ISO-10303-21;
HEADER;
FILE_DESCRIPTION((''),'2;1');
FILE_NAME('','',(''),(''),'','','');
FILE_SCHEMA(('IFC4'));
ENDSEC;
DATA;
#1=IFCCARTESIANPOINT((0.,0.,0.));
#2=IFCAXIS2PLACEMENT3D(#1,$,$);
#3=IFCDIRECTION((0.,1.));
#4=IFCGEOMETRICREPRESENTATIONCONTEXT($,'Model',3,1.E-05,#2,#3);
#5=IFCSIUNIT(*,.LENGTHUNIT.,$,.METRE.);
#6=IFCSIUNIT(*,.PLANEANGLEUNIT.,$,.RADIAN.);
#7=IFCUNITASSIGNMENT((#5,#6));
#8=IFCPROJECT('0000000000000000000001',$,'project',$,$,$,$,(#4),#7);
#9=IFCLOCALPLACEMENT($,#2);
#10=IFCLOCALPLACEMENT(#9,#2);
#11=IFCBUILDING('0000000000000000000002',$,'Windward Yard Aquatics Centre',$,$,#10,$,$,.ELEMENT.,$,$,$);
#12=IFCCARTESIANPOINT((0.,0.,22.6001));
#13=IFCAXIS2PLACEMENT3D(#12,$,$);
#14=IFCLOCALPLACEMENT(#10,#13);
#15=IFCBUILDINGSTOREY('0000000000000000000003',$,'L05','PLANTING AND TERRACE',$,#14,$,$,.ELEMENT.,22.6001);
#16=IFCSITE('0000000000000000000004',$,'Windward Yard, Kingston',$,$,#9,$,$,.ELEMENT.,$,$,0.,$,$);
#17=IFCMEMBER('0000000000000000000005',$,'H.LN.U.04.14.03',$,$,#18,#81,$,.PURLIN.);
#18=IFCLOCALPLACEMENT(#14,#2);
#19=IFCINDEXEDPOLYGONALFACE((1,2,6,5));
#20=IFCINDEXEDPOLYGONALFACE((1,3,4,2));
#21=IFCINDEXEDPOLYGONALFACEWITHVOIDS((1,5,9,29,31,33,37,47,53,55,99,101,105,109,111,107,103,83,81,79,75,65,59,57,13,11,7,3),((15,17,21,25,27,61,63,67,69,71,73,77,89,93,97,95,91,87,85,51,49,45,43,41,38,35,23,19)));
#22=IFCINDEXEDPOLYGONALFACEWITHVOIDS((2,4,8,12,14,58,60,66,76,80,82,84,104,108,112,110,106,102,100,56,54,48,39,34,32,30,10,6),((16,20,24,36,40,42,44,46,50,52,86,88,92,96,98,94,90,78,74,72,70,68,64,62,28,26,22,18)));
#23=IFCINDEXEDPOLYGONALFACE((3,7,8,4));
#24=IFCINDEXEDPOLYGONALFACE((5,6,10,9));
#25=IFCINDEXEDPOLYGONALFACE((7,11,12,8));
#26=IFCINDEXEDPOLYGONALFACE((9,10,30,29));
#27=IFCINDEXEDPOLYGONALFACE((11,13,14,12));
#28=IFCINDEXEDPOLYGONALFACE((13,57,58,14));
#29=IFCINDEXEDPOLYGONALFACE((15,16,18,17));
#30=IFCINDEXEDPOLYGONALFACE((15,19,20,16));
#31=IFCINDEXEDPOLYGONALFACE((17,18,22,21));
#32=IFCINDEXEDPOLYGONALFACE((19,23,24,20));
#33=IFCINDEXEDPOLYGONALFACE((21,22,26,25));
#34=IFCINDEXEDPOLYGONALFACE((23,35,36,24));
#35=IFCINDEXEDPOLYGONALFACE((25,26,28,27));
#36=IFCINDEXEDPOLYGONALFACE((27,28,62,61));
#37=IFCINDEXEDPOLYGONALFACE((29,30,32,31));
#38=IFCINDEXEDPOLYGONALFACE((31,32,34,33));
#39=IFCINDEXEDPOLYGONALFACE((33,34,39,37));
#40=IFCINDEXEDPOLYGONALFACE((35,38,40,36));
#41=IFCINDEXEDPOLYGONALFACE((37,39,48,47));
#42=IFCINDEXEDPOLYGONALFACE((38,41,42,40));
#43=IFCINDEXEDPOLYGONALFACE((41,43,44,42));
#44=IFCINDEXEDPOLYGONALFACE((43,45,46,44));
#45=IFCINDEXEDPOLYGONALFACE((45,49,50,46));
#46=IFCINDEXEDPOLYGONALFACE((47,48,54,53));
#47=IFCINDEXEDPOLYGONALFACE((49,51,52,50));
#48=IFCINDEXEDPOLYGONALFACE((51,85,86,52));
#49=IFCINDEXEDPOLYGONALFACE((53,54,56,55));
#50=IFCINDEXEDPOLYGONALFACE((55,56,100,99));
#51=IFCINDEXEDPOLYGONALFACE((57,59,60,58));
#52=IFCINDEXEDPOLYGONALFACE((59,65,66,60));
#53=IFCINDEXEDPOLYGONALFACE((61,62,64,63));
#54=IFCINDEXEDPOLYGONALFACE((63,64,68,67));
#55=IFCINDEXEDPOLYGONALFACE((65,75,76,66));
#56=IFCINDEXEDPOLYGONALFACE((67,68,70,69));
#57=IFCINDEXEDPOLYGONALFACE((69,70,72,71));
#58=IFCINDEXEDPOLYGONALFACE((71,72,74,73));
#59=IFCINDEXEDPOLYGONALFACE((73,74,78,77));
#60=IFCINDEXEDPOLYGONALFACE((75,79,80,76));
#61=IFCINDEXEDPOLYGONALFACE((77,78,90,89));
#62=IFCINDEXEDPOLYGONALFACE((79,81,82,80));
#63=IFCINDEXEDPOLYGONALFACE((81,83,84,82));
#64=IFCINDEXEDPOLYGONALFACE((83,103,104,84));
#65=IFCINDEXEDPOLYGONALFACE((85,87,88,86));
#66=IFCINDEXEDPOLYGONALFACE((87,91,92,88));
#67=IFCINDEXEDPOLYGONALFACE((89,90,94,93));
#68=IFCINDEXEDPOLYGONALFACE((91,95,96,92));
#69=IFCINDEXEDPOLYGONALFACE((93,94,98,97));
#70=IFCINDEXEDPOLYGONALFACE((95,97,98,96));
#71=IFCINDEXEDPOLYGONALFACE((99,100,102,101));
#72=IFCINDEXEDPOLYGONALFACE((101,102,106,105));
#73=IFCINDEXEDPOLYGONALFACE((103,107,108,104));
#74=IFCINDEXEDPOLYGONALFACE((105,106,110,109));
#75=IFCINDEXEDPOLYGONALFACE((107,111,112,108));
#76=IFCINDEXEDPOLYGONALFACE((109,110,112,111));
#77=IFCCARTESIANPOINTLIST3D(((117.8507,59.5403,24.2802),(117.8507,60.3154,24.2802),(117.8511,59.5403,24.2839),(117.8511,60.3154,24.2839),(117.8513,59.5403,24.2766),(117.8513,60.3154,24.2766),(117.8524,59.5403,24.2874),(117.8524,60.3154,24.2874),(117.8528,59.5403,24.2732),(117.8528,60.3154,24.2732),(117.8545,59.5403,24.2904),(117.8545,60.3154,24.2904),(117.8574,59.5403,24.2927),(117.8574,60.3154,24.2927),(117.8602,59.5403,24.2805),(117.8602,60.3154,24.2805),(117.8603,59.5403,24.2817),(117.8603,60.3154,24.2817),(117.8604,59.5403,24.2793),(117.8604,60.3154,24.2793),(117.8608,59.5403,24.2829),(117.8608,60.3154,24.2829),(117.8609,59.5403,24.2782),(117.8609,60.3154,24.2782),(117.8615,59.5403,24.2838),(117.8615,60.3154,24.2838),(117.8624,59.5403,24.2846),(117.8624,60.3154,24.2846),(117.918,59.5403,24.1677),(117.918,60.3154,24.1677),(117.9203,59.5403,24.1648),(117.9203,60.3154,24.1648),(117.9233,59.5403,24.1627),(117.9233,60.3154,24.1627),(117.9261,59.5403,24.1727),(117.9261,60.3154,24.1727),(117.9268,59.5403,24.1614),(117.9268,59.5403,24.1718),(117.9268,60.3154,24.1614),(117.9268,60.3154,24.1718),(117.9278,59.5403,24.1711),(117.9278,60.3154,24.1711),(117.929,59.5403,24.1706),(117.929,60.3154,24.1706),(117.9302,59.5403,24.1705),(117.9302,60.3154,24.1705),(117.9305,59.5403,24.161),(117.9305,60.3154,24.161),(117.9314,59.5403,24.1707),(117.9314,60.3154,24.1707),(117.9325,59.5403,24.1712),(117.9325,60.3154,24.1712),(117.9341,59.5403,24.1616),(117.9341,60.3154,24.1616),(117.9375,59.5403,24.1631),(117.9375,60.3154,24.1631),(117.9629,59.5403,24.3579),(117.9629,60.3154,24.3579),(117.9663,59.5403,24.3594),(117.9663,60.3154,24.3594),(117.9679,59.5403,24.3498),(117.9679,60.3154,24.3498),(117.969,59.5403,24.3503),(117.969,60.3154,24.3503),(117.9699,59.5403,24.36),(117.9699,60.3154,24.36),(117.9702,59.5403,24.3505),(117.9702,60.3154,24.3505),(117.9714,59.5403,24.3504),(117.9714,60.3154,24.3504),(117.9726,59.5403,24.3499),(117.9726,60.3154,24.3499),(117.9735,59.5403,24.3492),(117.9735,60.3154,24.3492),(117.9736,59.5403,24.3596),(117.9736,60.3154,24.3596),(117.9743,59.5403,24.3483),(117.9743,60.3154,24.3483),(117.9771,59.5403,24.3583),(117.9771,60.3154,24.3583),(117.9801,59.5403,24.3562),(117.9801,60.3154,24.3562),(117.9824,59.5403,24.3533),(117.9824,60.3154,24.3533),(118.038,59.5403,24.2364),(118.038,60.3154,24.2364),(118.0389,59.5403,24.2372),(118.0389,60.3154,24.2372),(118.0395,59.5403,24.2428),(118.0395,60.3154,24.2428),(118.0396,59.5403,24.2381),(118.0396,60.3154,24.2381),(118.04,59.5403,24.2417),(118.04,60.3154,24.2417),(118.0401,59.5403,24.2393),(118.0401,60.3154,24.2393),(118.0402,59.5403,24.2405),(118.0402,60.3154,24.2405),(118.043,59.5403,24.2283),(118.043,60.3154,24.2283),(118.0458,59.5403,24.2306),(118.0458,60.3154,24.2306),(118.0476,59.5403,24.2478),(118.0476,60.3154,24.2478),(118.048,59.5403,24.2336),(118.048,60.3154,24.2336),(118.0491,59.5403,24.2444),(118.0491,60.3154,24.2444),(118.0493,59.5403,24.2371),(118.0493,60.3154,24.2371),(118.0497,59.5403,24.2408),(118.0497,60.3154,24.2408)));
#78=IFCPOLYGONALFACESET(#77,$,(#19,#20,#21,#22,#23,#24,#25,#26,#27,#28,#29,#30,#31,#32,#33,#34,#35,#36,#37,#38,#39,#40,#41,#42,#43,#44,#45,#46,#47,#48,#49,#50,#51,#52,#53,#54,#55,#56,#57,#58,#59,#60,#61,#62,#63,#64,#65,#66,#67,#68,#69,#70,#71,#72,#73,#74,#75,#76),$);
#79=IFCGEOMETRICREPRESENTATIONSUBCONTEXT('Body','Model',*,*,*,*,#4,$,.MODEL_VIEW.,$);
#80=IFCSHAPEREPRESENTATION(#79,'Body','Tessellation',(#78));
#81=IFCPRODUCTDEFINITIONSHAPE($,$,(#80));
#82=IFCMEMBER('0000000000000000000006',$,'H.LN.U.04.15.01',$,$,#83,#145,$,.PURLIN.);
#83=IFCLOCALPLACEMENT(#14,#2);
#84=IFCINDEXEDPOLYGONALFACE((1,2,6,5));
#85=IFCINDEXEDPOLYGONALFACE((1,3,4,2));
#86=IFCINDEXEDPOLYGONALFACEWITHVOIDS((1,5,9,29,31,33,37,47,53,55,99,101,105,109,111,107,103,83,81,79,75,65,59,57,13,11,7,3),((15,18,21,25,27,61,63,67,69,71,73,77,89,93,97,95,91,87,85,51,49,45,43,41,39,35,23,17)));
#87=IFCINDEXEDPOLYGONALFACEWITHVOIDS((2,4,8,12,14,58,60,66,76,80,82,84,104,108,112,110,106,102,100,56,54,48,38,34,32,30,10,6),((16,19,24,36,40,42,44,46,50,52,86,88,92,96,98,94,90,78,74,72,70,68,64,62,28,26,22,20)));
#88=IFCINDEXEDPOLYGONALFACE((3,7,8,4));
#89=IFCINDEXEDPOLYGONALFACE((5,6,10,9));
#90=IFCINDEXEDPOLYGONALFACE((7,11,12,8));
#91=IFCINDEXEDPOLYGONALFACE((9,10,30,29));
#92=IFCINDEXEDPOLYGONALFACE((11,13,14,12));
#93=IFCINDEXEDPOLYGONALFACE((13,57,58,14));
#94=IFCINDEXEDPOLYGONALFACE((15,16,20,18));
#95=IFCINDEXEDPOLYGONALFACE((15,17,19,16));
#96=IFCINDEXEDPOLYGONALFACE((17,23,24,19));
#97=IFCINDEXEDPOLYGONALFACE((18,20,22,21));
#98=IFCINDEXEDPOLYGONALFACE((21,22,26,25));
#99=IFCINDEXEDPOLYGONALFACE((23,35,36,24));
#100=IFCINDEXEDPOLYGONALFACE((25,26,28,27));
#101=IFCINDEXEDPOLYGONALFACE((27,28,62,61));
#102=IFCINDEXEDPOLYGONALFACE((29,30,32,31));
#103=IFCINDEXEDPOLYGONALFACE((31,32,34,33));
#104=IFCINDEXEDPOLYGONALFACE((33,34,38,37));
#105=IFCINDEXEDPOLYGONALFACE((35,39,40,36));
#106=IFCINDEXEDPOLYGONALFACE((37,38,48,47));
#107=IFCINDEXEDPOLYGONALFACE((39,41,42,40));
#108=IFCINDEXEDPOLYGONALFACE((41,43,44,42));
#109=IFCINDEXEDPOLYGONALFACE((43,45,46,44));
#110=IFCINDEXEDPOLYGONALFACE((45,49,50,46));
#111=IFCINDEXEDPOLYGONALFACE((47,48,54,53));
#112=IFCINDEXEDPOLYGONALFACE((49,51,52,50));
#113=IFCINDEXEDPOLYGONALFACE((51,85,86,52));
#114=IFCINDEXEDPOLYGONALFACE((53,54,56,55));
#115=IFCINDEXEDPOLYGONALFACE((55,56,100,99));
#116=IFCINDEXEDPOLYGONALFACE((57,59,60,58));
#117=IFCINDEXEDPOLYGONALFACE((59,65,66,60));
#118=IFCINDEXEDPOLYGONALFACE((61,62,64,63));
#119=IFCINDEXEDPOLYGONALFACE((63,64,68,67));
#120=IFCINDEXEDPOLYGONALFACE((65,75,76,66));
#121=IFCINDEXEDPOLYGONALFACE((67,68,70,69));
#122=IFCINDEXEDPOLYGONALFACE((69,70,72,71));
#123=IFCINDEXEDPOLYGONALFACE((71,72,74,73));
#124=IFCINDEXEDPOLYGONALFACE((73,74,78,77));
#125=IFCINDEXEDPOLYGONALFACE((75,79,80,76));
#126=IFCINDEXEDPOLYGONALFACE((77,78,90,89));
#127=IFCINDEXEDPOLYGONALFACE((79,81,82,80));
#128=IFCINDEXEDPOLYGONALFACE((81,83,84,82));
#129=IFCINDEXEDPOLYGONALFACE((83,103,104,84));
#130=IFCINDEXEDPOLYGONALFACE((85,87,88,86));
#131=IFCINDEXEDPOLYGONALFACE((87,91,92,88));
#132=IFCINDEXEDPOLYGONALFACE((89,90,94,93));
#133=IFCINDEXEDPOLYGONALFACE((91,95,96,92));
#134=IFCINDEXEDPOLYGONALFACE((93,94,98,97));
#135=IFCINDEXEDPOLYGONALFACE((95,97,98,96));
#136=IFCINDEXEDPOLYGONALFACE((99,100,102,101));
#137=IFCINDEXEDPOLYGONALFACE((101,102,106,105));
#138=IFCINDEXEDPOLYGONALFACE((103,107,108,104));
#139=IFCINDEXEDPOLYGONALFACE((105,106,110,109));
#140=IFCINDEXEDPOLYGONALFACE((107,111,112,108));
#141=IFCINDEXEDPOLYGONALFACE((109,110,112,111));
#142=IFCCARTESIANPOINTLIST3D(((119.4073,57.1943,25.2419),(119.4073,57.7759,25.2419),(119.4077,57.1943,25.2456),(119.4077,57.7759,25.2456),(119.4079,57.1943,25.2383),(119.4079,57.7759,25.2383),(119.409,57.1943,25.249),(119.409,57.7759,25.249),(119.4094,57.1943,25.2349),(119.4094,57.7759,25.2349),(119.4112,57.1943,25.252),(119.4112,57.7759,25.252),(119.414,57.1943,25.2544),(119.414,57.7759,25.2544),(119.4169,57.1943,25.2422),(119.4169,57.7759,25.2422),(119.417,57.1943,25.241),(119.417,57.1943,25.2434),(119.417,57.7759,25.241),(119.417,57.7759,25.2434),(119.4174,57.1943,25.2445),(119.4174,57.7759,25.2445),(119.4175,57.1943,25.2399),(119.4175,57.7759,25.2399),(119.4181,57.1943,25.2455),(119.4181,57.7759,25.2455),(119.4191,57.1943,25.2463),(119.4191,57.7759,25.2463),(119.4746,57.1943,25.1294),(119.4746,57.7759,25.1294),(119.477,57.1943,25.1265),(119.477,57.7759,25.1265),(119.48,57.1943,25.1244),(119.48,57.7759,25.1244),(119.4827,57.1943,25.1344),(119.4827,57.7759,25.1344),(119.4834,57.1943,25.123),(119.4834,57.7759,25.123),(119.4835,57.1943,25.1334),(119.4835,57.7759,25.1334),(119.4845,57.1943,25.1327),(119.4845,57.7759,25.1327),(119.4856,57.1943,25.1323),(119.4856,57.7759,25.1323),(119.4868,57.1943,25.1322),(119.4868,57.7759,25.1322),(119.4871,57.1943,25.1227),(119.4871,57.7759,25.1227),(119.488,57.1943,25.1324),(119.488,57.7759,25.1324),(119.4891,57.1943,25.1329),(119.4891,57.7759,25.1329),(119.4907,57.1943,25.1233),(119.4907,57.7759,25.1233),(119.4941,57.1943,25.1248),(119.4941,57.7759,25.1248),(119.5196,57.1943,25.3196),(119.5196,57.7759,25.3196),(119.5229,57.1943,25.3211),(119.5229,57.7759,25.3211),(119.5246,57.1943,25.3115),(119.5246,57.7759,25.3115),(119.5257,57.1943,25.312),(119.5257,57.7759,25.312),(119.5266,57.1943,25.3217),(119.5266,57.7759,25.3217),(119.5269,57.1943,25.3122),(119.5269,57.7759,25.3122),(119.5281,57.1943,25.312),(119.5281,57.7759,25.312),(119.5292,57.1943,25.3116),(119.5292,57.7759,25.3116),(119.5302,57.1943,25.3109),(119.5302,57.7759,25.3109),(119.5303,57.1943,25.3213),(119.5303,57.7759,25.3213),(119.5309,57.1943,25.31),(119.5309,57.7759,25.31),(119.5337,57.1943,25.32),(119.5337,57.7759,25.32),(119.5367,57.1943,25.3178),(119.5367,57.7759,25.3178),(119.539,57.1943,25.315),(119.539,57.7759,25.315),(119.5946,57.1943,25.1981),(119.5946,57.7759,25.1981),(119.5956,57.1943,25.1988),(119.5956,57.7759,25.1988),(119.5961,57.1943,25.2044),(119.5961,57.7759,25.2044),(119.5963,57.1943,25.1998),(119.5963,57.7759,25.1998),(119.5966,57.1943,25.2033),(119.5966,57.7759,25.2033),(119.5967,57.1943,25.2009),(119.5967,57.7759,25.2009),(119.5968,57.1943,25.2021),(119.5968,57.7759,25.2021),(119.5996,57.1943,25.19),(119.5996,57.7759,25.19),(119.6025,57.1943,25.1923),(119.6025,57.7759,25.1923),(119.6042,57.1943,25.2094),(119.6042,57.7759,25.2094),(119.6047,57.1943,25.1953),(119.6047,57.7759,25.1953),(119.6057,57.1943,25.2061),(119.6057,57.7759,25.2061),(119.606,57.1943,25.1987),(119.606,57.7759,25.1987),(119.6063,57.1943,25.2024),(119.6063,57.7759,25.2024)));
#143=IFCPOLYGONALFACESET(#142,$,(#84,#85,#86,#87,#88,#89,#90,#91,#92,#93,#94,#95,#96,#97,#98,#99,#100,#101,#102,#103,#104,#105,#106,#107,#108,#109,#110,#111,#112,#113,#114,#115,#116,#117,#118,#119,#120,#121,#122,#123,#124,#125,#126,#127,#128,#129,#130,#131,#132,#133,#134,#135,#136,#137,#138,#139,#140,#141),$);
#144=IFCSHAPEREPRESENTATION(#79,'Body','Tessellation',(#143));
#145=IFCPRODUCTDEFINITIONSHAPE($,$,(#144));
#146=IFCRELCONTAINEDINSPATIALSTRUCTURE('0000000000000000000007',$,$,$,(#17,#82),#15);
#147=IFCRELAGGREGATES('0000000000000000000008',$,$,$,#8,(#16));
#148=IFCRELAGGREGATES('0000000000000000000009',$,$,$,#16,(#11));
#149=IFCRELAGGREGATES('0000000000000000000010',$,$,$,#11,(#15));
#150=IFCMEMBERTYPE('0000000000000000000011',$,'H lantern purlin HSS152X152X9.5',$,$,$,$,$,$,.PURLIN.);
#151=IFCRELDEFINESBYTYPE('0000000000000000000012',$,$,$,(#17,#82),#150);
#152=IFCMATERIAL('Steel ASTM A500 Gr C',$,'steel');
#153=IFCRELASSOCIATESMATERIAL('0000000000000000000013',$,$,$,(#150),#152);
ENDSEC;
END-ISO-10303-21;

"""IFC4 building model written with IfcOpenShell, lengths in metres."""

from ifc_helpers import new_model, si_unit, direction, frame, origin, origin_2d, place, context, subcontext, project, spatial, hollow_rectangle, extrude, material, material_profile, profile_set, type_object, element, save


model = new_model("IFC4")

# Units and contexts
model_context = context("Model", 3, precision=1e-05, world=origin(), true_north=direction((0.0, 1.0)))
body_context = subcontext(model_context, "Body", "Model", "MODEL_VIEW")
ifc_project = project(units=[si_unit("LENGTHUNIT", "METRE"), si_unit("PLANEANGLEUNIT", "RADIAN")], contexts=[model_context])

# Site, building, storey
site_placement = place(None, origin())
site = spatial("IfcSite", under=ifc_project, at=site_placement, Name="Windward Yard, Kingston", CompositionType="ELEMENT", RefElevation=0.0)
building_placement = place(site_placement, origin())
building = spatial("IfcBuilding", under=site, at=building_placement, Name="Windward Yard Aquatics Centre", CompositionType="ELEMENT")
storey_placement = place(building_placement, frame((0.0, 0.0, 22.6001)))
storey = spatial("IfcBuildingStorey", under=building, at=storey_placement, Name="L05", Description="PLANTING AND TERRACE", CompositionType="ELEMENT", Elevation=22.6001)

# Members
ifc_material_1 = material(Name="Steel ASTM A500 Gr C", Category="steel")
ifc_material_profile = material_profile(ifc_material_1, hollow_rectangle(XDim=0.1523, YDim=0.1523, WallThickness=0.0095, InnerFilletRadius=0.0046, OuterFilletRadius=0.0142, at=origin_2d()), Name="HSS152X152X9.5")
ifc_profile_set = profile_set([ifc_material_profile], Name="Steel ASTM A500 Gr C")
member_type = type_object("IfcMemberType", Name="H lantern purlin HSS152X152X9.5", PredefinedType="PURLIN", material=ifc_profile_set)
member_1_placement = place(storey_placement, frame((117.9502, 59.5403, 24.2605), z_axis=(0.0, 1.0, 0.0), x_axis=(-0.850755, 0.0, -0.525562)))
element("IfcMember", 1, at=member_1_placement, inside=storey, type_object=member_type, Name="H.LN.U.04.14.03", PredefinedType="PURLIN", context=body_context, shape_type="SweptSolid", body=[
    extrude(hollow_rectangle(XDim=0.1523, YDim=0.1523, WallThickness=0.0095, InnerFilletRadius=0.0046, OuterFilletRadius=0.0142, at=origin_2d()), origin(), (0.0, 0.0, 1.0), 0.7751),
])
member_2_placement = place(storey_placement, frame((119.5068, 57.1943, 25.2222), z_axis=(0.0, 1.0, 0.0), x_axis=(-0.850755, 0.0, -0.525562)))
element("IfcMember", 2, at=member_2_placement, inside=storey, type_object=member_type, Name="H.LN.U.04.15.01", PredefinedType="PURLIN", context=body_context, shape_type="SweptSolid", body=[
    extrude(hollow_rectangle(XDim=0.1523, YDim=0.1523, WallThickness=0.0095, InnerFilletRadius=0.0046, OuterFilletRadius=0.0142, at=origin_2d()), origin(), (0.0, 0.0, 1.0), 0.5815),
])

save(model, "model.ifc")
